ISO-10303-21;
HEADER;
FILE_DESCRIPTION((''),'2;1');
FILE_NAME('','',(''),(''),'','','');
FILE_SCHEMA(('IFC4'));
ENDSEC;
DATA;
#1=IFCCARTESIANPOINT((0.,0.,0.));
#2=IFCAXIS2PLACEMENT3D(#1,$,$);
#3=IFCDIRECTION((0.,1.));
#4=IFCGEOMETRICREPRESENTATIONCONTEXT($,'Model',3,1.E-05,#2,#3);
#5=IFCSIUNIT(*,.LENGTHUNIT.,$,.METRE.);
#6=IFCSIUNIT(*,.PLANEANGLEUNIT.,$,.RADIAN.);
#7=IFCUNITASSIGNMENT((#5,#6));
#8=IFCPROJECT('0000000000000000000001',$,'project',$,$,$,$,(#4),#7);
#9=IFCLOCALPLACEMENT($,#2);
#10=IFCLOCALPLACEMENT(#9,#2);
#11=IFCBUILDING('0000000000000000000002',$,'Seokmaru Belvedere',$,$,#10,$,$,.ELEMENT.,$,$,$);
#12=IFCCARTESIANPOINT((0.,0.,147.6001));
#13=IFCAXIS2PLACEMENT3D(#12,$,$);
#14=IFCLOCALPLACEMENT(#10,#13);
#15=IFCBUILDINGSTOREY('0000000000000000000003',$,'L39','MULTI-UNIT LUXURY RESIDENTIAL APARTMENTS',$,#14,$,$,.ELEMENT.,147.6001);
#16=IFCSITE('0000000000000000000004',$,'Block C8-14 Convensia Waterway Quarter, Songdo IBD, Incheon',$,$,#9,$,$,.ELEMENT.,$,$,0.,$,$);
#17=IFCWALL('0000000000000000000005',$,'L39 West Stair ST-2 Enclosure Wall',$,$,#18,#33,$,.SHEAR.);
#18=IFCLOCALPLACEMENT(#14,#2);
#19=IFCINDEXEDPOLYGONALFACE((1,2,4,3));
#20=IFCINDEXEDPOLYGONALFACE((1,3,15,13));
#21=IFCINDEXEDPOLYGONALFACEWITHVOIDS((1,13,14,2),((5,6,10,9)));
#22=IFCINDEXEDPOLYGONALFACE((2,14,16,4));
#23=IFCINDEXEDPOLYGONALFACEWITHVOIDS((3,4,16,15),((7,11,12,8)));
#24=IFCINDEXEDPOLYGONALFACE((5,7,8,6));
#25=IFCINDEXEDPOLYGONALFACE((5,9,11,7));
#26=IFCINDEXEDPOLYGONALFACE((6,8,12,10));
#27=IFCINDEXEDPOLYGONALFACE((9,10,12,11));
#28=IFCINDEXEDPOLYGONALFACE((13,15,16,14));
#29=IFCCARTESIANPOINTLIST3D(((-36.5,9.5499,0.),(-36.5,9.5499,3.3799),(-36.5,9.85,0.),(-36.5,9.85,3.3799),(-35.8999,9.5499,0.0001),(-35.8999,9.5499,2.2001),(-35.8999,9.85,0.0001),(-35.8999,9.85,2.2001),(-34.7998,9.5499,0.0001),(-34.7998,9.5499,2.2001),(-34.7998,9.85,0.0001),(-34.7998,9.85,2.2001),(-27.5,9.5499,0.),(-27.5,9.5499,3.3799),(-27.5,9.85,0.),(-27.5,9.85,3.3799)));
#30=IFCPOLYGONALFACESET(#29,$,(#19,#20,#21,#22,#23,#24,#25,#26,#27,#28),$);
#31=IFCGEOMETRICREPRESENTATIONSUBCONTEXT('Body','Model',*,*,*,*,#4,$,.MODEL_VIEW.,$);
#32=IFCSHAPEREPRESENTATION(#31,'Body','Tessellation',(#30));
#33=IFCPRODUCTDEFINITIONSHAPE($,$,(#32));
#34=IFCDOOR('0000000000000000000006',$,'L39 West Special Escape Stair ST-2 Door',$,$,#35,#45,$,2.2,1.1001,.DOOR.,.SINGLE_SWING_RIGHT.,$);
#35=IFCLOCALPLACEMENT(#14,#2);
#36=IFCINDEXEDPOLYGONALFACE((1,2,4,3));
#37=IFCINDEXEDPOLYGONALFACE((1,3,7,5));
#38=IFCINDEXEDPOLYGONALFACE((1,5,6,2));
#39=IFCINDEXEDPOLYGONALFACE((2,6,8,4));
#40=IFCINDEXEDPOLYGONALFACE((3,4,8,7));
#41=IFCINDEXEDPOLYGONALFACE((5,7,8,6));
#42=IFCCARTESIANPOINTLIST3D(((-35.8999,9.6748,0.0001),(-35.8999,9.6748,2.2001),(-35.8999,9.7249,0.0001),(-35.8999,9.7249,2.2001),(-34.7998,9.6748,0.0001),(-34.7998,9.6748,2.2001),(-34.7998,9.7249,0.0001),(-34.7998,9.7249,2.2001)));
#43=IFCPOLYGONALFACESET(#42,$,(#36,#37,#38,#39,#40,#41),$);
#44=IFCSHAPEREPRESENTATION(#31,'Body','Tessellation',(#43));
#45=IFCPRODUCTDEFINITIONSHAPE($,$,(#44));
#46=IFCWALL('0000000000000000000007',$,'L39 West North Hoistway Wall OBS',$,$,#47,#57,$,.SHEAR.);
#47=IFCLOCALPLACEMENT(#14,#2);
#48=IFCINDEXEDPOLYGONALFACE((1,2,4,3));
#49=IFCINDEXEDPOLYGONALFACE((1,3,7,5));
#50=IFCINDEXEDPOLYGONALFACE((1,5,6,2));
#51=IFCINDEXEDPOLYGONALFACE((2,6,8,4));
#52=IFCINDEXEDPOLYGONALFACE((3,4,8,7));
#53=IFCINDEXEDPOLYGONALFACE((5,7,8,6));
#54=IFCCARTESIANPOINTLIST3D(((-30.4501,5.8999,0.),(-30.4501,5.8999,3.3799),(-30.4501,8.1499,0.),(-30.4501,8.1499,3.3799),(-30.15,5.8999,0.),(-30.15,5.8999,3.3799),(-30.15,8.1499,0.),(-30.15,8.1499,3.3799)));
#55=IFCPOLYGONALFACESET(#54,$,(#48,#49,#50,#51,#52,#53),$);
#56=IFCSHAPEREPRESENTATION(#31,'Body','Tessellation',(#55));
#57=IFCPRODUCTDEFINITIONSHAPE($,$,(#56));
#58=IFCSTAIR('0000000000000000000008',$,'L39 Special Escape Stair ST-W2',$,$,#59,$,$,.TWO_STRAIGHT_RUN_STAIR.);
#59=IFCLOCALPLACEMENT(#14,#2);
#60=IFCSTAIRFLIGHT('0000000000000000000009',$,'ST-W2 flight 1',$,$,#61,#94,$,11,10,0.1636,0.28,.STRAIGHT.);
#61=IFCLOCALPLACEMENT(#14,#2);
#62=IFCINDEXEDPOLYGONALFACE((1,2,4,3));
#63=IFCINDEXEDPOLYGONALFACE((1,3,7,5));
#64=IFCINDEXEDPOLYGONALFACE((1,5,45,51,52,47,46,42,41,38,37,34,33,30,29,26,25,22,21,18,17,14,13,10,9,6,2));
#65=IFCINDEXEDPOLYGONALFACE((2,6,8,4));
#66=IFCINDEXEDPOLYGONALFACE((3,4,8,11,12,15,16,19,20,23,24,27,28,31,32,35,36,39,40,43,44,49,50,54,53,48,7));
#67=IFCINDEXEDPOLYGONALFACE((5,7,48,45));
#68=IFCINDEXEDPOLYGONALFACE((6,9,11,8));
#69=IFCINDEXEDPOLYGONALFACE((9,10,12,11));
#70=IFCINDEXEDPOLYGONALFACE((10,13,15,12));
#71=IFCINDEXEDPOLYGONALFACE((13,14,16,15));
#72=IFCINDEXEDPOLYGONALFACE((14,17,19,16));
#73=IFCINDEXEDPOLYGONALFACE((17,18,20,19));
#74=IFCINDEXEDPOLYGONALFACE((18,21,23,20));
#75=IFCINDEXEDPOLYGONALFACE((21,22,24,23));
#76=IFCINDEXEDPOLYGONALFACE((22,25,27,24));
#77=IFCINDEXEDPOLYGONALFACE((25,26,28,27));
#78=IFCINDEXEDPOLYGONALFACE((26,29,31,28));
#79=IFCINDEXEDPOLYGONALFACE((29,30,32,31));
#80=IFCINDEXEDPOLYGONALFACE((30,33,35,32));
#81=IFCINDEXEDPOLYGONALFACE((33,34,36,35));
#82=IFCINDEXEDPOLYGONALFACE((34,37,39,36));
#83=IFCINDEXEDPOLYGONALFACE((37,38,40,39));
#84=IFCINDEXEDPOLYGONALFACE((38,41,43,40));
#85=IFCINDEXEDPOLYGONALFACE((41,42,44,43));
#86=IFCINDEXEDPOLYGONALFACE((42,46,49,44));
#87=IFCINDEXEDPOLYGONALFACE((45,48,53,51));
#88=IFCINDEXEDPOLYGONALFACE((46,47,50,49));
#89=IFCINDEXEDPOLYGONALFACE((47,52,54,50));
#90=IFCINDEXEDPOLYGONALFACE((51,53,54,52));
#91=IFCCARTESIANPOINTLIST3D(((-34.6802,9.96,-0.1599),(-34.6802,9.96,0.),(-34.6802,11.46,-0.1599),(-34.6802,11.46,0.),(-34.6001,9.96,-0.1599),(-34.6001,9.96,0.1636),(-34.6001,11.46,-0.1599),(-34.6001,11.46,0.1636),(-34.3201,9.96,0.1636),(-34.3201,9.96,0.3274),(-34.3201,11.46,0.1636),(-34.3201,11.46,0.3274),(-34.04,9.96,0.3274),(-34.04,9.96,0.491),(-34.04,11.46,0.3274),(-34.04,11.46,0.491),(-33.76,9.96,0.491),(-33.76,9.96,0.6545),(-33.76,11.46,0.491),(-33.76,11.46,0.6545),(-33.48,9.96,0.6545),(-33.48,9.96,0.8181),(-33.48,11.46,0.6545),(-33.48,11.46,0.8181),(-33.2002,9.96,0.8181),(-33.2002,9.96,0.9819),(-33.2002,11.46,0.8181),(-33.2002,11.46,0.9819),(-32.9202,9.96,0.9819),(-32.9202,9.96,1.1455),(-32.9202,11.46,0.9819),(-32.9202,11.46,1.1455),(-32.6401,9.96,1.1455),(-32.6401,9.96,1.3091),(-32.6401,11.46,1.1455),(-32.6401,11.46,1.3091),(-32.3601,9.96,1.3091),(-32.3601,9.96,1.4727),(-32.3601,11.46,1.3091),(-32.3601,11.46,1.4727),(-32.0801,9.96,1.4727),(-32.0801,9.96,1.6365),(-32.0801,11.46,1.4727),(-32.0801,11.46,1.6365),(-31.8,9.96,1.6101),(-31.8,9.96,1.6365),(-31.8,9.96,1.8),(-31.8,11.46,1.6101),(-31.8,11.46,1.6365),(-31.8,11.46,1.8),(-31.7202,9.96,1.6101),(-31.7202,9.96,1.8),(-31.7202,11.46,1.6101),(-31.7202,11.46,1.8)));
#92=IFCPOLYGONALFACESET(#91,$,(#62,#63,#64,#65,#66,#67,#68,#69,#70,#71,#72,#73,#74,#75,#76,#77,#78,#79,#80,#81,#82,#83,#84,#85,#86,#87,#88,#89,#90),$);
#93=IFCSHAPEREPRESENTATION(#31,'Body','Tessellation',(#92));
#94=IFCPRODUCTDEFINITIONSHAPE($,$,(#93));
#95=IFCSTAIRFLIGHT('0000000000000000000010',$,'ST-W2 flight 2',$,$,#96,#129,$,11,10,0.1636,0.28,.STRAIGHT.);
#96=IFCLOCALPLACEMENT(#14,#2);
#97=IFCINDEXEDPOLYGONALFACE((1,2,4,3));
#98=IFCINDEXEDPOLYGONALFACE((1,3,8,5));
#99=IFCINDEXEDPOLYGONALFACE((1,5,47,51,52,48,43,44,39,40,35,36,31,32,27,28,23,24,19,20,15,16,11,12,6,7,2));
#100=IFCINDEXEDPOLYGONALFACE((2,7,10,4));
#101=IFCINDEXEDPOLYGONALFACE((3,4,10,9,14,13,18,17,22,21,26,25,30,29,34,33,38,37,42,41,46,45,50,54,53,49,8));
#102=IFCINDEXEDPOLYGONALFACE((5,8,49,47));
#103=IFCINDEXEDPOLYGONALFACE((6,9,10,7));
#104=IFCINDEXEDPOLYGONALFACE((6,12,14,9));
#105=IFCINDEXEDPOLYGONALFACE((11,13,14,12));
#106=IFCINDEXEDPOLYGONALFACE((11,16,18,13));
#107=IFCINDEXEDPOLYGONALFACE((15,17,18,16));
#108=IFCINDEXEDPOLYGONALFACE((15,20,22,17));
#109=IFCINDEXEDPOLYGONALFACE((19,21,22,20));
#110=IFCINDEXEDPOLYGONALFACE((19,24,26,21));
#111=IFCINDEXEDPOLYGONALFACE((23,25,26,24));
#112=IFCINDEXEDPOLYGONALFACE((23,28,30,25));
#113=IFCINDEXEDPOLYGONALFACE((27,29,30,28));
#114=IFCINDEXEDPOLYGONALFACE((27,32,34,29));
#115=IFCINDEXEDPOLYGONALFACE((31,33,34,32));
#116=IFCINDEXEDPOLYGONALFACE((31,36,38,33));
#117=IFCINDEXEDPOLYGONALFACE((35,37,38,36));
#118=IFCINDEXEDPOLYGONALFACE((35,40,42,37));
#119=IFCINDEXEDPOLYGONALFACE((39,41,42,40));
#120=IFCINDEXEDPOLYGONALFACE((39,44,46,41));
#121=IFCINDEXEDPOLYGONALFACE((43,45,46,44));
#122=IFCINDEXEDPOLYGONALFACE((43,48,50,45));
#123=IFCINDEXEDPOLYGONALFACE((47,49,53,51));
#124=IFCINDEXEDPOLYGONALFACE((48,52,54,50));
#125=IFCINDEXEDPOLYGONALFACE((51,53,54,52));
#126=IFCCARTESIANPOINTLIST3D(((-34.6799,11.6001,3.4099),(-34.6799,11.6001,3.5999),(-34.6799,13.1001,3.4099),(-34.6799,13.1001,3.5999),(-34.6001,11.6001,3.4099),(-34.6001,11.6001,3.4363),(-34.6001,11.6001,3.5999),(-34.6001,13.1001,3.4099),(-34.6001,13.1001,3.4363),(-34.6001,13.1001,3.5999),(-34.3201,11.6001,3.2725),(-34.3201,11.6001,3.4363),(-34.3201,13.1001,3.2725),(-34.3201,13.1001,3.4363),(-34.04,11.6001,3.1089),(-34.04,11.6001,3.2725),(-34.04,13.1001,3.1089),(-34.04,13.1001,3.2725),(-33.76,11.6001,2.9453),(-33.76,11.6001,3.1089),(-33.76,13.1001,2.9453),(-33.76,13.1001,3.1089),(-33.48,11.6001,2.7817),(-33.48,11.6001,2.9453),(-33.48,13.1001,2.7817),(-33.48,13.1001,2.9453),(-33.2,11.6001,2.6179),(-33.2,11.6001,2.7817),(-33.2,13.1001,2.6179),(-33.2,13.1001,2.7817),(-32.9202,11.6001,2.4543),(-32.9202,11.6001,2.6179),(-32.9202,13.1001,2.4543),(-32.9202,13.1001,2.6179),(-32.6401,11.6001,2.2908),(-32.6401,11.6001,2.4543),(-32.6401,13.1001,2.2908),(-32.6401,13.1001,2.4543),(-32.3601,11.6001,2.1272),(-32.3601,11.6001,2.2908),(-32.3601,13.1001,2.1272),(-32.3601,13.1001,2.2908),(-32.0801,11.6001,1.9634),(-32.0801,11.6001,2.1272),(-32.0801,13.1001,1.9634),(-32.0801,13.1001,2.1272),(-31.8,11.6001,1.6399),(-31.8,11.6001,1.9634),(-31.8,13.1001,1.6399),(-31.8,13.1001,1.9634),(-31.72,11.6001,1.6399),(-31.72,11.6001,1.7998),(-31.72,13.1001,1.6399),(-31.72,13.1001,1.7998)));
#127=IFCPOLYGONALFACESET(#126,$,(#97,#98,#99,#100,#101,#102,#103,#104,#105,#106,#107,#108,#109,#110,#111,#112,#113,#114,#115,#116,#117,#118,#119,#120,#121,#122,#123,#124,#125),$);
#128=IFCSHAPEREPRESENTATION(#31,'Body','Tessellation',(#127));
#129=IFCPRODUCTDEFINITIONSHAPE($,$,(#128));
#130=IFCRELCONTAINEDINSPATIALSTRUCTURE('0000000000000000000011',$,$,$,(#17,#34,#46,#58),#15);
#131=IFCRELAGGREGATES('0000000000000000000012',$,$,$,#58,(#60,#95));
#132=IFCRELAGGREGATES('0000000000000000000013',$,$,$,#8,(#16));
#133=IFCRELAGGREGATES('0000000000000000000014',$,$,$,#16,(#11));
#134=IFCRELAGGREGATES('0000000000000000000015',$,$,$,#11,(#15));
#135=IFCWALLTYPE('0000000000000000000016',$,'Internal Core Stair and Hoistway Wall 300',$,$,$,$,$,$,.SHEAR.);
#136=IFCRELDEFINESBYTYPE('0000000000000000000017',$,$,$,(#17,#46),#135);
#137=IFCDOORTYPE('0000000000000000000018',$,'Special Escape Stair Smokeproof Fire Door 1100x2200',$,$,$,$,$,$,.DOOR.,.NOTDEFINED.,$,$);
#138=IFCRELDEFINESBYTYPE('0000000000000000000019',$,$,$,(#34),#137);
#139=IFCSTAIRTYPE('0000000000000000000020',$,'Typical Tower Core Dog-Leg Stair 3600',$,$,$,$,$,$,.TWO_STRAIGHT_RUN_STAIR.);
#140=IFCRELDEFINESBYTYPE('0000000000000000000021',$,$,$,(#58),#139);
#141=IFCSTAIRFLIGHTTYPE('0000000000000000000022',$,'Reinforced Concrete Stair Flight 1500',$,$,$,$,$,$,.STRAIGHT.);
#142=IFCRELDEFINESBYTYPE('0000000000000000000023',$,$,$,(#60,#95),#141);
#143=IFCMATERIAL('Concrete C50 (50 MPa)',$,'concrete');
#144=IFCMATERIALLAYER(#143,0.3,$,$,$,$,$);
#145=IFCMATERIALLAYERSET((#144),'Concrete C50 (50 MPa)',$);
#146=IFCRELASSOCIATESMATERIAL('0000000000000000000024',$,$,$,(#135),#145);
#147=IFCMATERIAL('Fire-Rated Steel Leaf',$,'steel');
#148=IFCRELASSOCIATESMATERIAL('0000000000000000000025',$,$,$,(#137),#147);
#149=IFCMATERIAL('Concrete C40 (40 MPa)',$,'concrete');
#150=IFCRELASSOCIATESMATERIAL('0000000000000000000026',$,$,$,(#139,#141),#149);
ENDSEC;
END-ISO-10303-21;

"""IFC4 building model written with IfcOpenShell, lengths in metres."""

from ifc_helpers import new_model, si_unit, direction, frame, frame_2d, origin, place, context, subcontext, project, spatial, polyline, rectangle, outline, extrude, source, transform, mapped, material, layer, layer_set, type_object, type_shapes, element, fill, aggregate, save


model = new_model("IFC4")

# Units and contexts
model_context = context("Model", 3, precision=1e-05, world=origin(), true_north=direction((0.0, 1.0)))
body_context = subcontext(model_context, "Body", "Model", "MODEL_VIEW")
ifc_project = project(units=[si_unit("LENGTHUNIT", "METRE"), si_unit("PLANEANGLEUNIT", "RADIAN")], contexts=[model_context])

# Site, building, storey
site_placement = place(None, origin())
site = spatial("IfcSite", under=ifc_project, at=site_placement, Name="Block C8-14 Convensia Waterway Quarter, Songdo IBD, Incheon", CompositionType="ELEMENT", RefElevation=0.0)
building_placement = place(site_placement, origin())
building = spatial("IfcBuilding", under=site, at=building_placement, Name="Seokmaru Belvedere", CompositionType="ELEMENT")
storey_placement = place(building_placement, frame((0.0, 0.0, 147.6001)))
storey = spatial("IfcBuildingStorey", under=building, at=storey_placement, Name="L39", Description="MULTI-UNIT LUXURY RESIDENTIAL APARTMENTS", CompositionType="ELEMENT", Elevation=147.6001)

# Shared definitions
ifc_material_1 = material(Name="Concrete C50 (50 MPa)", Category="concrete")

# Wall, opening, door
ifc_layer_1 = layer(ifc_material_1, 0.3)
ifc_layer_set_1 = layer_set([ifc_layer_1], Name="Concrete C50 (50 MPa)")
wall_type_1 = type_object("IfcWallType", Name="Internal Core Stair and Hoistway Wall 300", PredefinedType="SHEAR", material=ifc_layer_set_1)
wall_1_placement = place(storey_placement, frame((-36.5, 9.7, 0.0), z_axis=(0.0, 0.0, 1.0), x_axis=(1.0, 0.0, 0.0)))
wall_1 = element("IfcWall", 1, at=wall_1_placement, inside=storey, type_object=wall_type_1, Name="L39 West Stair ST-2 Enclosure Wall", PredefinedType="SHEAR", context=body_context, shape_type="SweptSolid", body=[
    extrude(rectangle(XDim=9.0, YDim=0.3, at=frame_2d((4.5, 0.0))), origin(), (0.0, 0.0, 1.0), 3.3799),
])
opening_1_placement = place(wall_1_placement, frame((0.6001, 0.0, 0.0)))
opening_1 = element("IfcOpeningElement", 2, at=opening_1_placement, cuts=wall_1, PredefinedType="OPENING", context=body_context, shape_type="SweptSolid", body=[
    extrude(rectangle(XDim=1.1001, YDim=2.2, at=frame_2d((0.55, 1.1001))), frame((0.0, 0.1602, 0.0), z_axis=(0.0, -1.0, 0.0), x_axis=(1.0, 0.0, 0.0)), (0.0, 0.0, 1.0), 0.3201),
])
ifc_material_2 = material(Name="Fire-Rated Steel Leaf", Category="steel")
door_type_1 = type_object("IfcDoorType", Name="Special Escape Stair Smokeproof Fire Door 1100x2200", OperationType="NOTDEFINED", PredefinedType="DOOR", material=ifc_material_2)
shared_shape_1 = source(origin(), body_context, "Body", "SweptSolid", [
    extrude(rectangle(XDim=1.1001, YDim=2.2, at=frame_2d((0.55, 1.1001))), frame((0.0, 0.0249, 0.0), z_axis=(0.0, -1.0, 0.0), x_axis=(1.0, 0.0, 0.0)), (0.0, 0.0, 1.0), 0.05),
])
type_shapes(door_type_1, [shared_shape_1])
door_1_placement = place(opening_1_placement, origin())
door_1 = element("IfcDoor", 3, at=door_1_placement, inside=storey, type_object=door_type_1, Name="L39 West Special Escape Stair ST-2 Door", OperationType="SINGLE_SWING_RIGHT", OverallHeight=2.2, OverallWidth=1.1001, PredefinedType="DOOR", context=body_context, shape_type="MappedRepresentation", body=[
    mapped(shared_shape_1, transform((0.0, 0.0, 0.0), scale=1.0)),
])
fill(opening_1, door_1)

# Wall
wall_2_placement = place(storey_placement, frame((-30.3, 5.8999, 0.0), z_axis=(0.0, 0.0, 1.0), x_axis=(0.0, 1.0, 0.0)))
element("IfcWall", 4, at=wall_2_placement, inside=storey, type_object=wall_type_1, Name="L39 West North Hoistway Wall OBS", PredefinedType="SHEAR", context=body_context, shape_type="SweptSolid", body=[
    extrude(rectangle(XDim=2.25, YDim=0.3, at=frame_2d((1.125, 0.0))), origin(), (0.0, 0.0, 1.0), 3.3799),
])

# Stair, stair flights
ifc_material_3 = material(Name="Concrete C40 (40 MPa)", Category="concrete")
stair_type = type_object("IfcStairType", Name="Typical Tower Core Dog-Leg Stair 3600", PredefinedType="TWO_STRAIGHT_RUN_STAIR", material=ifc_material_3)
stair_placement = place(storey_placement, origin())
stair = element("IfcStair", 5, at=stair_placement, inside=storey, type_object=stair_type, Name="L39 Special Escape Stair ST-W2", PredefinedType="TWO_STRAIGHT_RUN_STAIR")
stair_flight_type = type_object("IfcStairFlightType", Name="Reinforced Concrete Stair Flight 1500", PredefinedType="STRAIGHT", material=ifc_material_3)
stair_flight_1_placement = place(storey_placement, frame((-34.6001, 10.71, 0.0), z_axis=(0.0, 0.0, 1.0), x_axis=(1.0, 0.0, 0.0)))
stair_flight_1 = element("IfcStairFlight", 6, at=stair_flight_1_placement, type_object=stair_flight_type, Name="ST-W2 flight 1", NumberOfRisers=11, NumberOfTreads=10, PredefinedType="STRAIGHT", RiserHeight=0.1636, TreadLength=0.28, context=body_context, shape_type="SweptSolid", body=[
    extrude(outline(polyline([(-0.0801, 0.0), (0.0, 0.1636), (0.28, 0.1636), (0.28, 0.3274), (0.5601, 0.3274), (0.5601, 0.491), (0.8401, 0.491), (0.8401, 0.6545), (1.1201, 0.6545), (1.1201, 0.8181), (1.3999, 0.8181), (1.3999, 0.9819), (1.6799, 0.9819), (1.6799, 1.1455), (1.96, 1.1455), (1.96, 1.3091), (2.24, 1.3091), (2.24, 1.4727), (2.52, 1.4727), (2.52, 1.6365), (2.8, 1.6365), (2.8, 1.8), (2.8799, 1.8), (2.8799, 1.6101), (2.8, 1.6101), (0.0, -0.1599), (-0.0801, -0.1599), (-0.0801, 0.0)])), frame((0.0, 0.75, 0.0), z_axis=(0.0, -1.0, 0.0), x_axis=(1.0, 0.0, 0.0)), (0.0, 0.0, 1.0), 1.5),
])
stair_flight_2_placement = place(storey_placement, frame((-31.8, 12.3501, 1.7998), z_axis=(0.0, 0.0, 1.0), x_axis=(-1.0, 0.0, 0.0)))
stair_flight_2 = element("IfcStairFlight", 7, at=stair_flight_2_placement, type_object=stair_flight_type, Name="ST-W2 flight 2", NumberOfRisers=11, NumberOfTreads=10, PredefinedType="STRAIGHT", RiserHeight=0.1636, TreadLength=0.28, context=body_context, shape_type="SweptSolid", body=[
    extrude(outline(polyline([(-0.0801, 0.0), (0.0, 0.1636), (0.28, 0.1636), (0.28, 0.3274), (0.5601, 0.3274), (0.5601, 0.491), (0.8401, 0.491), (0.8401, 0.6545), (1.1201, 0.6545), (1.1201, 0.8181), (1.3999, 0.8181), (1.3999, 0.9819), (1.6799, 0.9819), (1.6799, 1.1455), (1.96, 1.1455), (1.96, 1.3091), (2.24, 1.3091), (2.24, 1.4727), (2.52, 1.4727), (2.52, 1.6365), (2.8, 1.6365), (2.8, 1.8), (2.8799, 1.8), (2.8799, 1.6101), (2.8, 1.6101), (0.0, -0.1599), (-0.0801, -0.1599), (-0.0801, 0.0)])), frame((0.0, 0.75, 0.0), z_axis=(0.0, -1.0, 0.0), x_axis=(1.0, 0.0, 0.0)), (0.0, 0.0, 1.0), 1.5),
])
aggregate(stair, [stair_flight_1, stair_flight_2])

save(model, "model.ifc")
